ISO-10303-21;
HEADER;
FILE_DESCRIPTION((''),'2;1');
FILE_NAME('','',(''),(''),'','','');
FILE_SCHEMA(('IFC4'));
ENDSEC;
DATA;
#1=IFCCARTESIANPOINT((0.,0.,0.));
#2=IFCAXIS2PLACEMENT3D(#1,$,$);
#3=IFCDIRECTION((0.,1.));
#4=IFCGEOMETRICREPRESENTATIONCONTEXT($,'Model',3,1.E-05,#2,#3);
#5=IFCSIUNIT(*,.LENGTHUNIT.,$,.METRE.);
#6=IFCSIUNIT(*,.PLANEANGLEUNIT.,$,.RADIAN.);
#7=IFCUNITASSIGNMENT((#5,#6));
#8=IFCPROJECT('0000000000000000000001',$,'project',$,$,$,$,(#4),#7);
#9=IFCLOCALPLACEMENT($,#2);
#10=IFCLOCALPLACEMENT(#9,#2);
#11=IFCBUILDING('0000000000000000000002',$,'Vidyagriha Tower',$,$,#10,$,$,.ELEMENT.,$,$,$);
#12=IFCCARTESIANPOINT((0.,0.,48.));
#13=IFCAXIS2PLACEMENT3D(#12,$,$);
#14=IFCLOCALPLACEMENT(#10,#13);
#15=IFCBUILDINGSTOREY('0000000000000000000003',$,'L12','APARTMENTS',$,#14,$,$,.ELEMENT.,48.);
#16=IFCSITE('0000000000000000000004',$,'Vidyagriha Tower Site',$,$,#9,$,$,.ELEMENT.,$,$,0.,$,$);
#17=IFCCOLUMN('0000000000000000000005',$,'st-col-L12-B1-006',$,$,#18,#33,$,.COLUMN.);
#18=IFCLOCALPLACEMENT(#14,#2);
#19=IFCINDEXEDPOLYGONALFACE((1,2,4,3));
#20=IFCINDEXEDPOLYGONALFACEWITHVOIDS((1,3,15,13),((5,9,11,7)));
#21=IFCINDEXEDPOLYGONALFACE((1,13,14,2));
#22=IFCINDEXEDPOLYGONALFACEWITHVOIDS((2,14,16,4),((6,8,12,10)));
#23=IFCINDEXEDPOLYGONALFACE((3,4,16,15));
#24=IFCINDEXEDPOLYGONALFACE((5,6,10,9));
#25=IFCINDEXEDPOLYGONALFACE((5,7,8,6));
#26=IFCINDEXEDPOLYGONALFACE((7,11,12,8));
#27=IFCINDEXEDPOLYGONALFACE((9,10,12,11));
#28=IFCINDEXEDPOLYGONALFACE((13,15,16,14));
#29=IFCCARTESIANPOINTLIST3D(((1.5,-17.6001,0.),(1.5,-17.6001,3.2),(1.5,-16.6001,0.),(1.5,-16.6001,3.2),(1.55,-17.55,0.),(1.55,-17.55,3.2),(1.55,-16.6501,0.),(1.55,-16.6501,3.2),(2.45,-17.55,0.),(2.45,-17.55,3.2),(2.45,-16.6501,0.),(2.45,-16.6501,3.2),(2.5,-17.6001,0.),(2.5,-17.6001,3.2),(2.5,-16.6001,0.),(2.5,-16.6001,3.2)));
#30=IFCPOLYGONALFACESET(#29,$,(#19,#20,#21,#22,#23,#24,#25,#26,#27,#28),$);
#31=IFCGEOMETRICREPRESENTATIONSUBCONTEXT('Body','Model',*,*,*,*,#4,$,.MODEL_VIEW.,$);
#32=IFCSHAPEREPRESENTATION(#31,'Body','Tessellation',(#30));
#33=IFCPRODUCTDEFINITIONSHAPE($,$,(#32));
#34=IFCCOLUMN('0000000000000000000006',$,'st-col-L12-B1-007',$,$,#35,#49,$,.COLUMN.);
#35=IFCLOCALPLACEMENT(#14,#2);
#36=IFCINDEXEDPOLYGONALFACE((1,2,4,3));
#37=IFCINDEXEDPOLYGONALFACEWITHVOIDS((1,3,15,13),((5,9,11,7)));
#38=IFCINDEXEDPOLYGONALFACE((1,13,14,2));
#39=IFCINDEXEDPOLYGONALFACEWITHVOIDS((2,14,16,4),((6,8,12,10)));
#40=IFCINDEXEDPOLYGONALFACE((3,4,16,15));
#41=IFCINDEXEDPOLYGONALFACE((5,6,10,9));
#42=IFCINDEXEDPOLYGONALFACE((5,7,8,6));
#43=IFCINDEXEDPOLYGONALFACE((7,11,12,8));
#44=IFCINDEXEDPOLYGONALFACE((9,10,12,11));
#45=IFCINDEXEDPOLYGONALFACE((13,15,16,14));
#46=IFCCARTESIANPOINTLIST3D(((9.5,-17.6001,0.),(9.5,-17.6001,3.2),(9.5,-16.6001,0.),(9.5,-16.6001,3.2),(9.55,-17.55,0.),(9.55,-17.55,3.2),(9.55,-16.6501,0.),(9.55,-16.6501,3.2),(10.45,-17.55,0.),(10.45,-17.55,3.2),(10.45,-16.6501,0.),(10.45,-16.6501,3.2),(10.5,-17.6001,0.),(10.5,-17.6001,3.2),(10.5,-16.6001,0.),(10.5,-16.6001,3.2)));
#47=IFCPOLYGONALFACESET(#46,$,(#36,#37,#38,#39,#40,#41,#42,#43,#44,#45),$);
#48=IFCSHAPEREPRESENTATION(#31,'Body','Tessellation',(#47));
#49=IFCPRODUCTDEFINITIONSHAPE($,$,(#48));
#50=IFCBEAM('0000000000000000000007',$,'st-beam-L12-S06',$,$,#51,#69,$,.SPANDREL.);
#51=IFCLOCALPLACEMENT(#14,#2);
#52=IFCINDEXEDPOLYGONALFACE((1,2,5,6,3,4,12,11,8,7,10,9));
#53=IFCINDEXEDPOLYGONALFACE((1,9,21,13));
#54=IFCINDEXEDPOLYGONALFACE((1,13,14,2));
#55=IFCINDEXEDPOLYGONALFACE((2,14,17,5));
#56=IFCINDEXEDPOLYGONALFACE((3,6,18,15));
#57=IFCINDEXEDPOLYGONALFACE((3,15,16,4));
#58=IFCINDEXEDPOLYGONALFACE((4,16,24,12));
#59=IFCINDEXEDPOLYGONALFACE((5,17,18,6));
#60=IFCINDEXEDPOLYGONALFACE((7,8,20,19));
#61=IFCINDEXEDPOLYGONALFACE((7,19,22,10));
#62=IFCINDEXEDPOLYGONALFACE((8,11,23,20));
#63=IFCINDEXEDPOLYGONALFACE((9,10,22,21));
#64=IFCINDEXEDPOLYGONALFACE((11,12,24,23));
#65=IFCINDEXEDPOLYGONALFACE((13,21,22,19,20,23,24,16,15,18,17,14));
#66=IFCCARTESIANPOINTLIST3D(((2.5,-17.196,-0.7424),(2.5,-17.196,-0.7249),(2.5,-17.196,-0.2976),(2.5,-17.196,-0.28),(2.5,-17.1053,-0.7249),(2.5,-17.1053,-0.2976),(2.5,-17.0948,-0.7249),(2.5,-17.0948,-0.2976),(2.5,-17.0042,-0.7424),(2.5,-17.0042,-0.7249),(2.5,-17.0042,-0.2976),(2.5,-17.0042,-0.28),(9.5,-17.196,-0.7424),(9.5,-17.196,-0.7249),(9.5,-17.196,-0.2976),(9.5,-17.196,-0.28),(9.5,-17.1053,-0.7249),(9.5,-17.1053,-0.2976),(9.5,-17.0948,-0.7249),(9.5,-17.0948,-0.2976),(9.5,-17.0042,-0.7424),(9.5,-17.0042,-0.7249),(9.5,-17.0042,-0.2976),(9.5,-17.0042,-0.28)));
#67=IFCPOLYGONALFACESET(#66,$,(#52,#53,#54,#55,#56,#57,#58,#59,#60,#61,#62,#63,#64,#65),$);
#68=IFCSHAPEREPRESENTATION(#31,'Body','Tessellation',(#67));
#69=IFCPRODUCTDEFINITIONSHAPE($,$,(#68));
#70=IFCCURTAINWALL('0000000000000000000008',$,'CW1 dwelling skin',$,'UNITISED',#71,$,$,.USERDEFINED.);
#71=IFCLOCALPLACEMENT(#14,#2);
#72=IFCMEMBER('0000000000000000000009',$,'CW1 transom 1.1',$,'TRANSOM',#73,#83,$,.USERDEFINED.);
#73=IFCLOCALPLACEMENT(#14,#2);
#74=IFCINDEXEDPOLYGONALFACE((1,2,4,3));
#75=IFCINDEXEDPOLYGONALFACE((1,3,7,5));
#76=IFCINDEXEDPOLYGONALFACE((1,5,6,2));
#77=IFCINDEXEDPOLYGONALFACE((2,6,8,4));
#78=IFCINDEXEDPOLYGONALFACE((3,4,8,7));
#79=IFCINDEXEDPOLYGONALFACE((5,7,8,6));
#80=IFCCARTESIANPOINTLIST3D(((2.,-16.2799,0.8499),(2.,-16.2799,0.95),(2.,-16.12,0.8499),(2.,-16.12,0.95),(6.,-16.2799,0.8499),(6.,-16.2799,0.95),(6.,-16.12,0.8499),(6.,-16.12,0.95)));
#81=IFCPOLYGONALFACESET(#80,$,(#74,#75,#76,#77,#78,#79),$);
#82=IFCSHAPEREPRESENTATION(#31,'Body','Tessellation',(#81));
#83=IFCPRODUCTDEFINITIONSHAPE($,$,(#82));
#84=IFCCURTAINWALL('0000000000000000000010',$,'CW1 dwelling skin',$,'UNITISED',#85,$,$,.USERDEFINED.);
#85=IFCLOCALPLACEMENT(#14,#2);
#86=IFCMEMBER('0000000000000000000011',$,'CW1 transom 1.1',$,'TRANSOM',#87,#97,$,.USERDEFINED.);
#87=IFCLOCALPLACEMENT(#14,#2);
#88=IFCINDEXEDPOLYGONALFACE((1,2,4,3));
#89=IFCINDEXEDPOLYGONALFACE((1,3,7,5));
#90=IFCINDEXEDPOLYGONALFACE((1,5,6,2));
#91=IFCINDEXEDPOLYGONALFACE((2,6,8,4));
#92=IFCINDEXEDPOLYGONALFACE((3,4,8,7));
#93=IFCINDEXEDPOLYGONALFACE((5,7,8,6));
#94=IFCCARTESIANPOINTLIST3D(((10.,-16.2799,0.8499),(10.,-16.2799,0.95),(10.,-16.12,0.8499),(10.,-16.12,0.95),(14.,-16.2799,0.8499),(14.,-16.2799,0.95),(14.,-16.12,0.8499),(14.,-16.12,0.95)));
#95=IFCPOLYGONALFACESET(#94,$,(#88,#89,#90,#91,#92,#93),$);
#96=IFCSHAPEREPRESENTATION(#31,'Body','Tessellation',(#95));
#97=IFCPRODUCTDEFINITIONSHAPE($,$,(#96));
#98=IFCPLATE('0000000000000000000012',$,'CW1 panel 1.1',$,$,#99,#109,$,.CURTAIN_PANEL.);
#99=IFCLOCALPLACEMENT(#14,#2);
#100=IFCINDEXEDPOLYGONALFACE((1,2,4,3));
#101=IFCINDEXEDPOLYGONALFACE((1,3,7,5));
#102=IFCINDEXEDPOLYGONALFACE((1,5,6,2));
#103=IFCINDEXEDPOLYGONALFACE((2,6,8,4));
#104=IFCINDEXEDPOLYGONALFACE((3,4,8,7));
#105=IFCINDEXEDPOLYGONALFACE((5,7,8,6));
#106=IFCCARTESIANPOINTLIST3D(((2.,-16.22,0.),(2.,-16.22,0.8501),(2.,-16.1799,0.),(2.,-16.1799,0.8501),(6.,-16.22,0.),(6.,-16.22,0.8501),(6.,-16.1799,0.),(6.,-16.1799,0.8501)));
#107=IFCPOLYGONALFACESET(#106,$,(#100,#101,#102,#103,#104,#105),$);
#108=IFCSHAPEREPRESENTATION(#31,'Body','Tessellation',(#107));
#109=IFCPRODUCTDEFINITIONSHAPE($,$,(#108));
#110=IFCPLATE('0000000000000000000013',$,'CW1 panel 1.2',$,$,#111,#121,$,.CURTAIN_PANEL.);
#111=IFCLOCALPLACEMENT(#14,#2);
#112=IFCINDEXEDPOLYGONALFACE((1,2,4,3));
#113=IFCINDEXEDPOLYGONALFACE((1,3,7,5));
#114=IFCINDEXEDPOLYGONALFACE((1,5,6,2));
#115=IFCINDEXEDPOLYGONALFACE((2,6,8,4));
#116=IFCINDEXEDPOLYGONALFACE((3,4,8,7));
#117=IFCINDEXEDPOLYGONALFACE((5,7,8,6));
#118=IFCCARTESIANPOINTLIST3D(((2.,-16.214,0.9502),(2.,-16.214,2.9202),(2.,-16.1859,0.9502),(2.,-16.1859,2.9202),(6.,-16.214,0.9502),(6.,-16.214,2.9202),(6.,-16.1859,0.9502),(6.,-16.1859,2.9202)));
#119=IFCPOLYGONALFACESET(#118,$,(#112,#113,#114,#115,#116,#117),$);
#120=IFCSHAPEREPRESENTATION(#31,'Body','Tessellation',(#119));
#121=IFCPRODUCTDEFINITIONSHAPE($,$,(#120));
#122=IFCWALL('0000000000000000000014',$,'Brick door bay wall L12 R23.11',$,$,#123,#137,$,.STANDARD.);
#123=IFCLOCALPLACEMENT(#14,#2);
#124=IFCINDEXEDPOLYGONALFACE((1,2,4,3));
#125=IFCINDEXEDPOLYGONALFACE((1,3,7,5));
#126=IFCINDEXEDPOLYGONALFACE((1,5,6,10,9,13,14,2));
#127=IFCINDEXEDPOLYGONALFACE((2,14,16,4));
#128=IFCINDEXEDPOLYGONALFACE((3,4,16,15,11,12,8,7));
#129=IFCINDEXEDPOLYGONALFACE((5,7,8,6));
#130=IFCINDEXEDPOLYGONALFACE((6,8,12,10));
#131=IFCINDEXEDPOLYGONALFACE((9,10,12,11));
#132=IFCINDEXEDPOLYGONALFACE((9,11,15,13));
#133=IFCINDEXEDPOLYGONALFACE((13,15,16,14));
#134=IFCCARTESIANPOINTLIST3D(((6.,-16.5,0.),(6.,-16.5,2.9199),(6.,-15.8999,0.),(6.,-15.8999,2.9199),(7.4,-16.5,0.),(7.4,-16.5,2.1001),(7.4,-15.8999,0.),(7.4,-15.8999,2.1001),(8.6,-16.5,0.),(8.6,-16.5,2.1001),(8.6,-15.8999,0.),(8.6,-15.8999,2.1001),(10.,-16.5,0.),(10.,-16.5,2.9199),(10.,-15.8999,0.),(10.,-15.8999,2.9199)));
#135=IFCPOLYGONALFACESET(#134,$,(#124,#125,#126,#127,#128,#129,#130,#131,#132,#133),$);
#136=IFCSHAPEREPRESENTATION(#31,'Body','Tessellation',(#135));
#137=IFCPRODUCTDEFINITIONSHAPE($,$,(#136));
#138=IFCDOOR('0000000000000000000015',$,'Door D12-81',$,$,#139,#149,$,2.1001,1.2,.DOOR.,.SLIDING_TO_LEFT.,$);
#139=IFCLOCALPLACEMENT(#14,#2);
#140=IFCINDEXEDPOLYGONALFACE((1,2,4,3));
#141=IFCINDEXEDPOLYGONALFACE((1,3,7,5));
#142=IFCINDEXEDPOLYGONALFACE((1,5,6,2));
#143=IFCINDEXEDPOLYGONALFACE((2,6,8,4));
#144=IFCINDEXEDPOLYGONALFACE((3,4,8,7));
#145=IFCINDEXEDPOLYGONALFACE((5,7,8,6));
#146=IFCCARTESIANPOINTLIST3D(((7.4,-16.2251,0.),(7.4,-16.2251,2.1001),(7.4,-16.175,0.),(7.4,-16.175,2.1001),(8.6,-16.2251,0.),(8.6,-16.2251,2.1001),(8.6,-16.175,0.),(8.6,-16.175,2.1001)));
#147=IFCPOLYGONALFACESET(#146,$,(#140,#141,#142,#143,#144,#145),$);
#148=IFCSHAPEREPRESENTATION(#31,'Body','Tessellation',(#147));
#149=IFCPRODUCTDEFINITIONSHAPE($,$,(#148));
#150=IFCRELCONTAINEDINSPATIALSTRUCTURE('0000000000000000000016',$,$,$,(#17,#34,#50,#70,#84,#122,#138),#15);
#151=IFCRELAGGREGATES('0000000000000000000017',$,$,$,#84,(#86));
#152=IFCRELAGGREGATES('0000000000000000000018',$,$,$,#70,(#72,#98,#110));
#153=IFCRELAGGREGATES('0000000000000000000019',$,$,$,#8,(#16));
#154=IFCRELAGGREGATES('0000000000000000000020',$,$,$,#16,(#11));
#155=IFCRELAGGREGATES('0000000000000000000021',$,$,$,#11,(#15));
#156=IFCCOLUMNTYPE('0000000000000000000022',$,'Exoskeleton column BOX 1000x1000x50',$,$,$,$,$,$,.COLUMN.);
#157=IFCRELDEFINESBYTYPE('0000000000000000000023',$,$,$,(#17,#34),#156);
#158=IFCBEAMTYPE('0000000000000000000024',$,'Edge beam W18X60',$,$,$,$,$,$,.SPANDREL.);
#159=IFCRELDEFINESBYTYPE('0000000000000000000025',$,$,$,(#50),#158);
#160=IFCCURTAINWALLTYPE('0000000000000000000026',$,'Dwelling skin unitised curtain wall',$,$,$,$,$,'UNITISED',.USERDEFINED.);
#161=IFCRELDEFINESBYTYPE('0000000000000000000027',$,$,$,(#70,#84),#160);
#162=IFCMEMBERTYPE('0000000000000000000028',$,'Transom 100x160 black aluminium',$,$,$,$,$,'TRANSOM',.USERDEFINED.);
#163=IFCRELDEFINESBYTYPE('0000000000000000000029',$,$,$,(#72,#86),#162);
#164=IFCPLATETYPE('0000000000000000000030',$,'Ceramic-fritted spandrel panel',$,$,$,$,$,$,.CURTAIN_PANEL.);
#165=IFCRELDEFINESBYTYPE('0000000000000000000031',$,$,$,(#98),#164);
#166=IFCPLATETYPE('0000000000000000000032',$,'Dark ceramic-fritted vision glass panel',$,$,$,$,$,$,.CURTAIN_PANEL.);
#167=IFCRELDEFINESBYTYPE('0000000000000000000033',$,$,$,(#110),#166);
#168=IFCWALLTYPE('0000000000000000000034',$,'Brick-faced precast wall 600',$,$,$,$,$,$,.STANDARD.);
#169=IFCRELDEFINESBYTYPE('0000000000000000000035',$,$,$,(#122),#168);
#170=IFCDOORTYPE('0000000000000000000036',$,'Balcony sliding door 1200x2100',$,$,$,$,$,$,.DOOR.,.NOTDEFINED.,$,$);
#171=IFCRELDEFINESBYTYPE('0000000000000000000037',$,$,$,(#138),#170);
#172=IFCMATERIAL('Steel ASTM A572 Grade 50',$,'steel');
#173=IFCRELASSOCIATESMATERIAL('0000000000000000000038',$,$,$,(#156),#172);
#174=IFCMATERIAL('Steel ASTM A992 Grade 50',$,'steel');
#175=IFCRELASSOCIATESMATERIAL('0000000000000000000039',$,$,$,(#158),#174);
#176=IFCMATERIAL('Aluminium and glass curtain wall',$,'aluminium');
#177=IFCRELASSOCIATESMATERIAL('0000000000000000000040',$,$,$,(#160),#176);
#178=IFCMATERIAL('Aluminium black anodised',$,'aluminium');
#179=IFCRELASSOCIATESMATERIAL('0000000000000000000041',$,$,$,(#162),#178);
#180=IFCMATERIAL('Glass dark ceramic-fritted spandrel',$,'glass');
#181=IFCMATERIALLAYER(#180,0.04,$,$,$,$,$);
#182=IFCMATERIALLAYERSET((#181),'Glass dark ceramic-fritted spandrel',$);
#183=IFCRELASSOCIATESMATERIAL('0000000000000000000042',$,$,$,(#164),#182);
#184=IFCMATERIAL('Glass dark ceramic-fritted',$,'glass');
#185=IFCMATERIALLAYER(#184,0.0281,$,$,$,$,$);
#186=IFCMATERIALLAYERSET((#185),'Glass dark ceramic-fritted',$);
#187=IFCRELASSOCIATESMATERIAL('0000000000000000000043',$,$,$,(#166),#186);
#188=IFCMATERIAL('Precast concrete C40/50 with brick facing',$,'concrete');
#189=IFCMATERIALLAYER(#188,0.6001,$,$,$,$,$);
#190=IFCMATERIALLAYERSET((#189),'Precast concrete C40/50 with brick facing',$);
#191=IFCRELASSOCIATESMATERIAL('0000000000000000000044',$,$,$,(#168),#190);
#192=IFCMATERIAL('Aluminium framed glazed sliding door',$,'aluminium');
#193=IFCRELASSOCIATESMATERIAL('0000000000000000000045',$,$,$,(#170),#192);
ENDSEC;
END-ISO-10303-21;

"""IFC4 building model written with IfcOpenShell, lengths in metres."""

from ifc_helpers import new_model, si_unit, direction, frame, frame_2d, origin, origin_2d, place, context, subcontext, project, spatial, rectangle, hollow_rectangle, i_section, extrude, material, layer, layer_set, material_profile, profile_set, type_object, element, fill, aggregate, save


model = new_model("IFC4")

# Units and contexts
model_context = context("Model", 3, precision=1e-05, world=origin(), true_north=direction((0.0, 1.0)))
body_context = subcontext(model_context, "Body", "Model", "MODEL_VIEW")
ifc_project = project(units=[si_unit("LENGTHUNIT", "METRE"), si_unit("PLANEANGLEUNIT", "RADIAN")], contexts=[model_context])

# Site, building, storey
site_placement = place(None, origin())
site = spatial("IfcSite", under=ifc_project, at=site_placement, Name="Vidyagriha Tower Site", CompositionType="ELEMENT", RefElevation=0.0)
building_placement = place(site_placement, origin())
building = spatial("IfcBuilding", under=site, at=building_placement, Name="Vidyagriha Tower", CompositionType="ELEMENT")
storey_placement = place(building_placement, frame((0.0, 0.0, 48.0)))
storey = spatial("IfcBuildingStorey", under=building, at=storey_placement, Name="L12", Description="APARTMENTS", CompositionType="ELEMENT", Elevation=48.0)

# Columns
ifc_material_1 = material(Name="Steel ASTM A572 Grade 50", Category="steel")
ifc_material_profile_1 = material_profile(ifc_material_1, hollow_rectangle(XDim=1.0, YDim=1.0, WallThickness=0.05, at=origin_2d()), Name="BOX 1000x1000x50")
ifc_profile_set_1 = profile_set([ifc_material_profile_1], Name="Steel ASTM A572 Grade 50")
column_type = type_object("IfcColumnType", Name="Exoskeleton column BOX 1000x1000x50", PredefinedType="COLUMN", material=ifc_profile_set_1)
for number, where, name in (
    (1, (2.0, -17.1001, 0.0), "st-col-L12-B1-006"),
    (2, (10.0, -17.1001, 0.0), "st-col-L12-B1-007"),
):
    element("IfcColumn", number, at=place(storey_placement, frame(where)), inside=storey, type_object=column_type, Name=name, PredefinedType="COLUMN", context=body_context, shape_type="SweptSolid", body=[
        extrude(hollow_rectangle(XDim=1.0, YDim=1.0, WallThickness=0.05, at=origin_2d()), origin(), (0.0, 0.0, 1.0), 3.2),
    ])

# Beam
ifc_material_2 = material(Name="Steel ASTM A992 Grade 50", Category="steel")
ifc_material_profile_2 = material_profile(ifc_material_2, i_section(OverallWidth=0.1919, OverallDepth=0.4624, WebThickness=0.0105, FlangeThickness=0.0176, at=origin_2d()), Name="W18X60")
ifc_profile_set_2 = profile_set([ifc_material_profile_2], Name="Steel ASTM A992 Grade 50")
beam_type = type_object("IfcBeamType", Name="Edge beam W18X60", PredefinedType="SPANDREL", material=ifc_profile_set_2)
beam_placement = place(storey_placement, frame((2.5, -17.1001, -0.5112), z_axis=(1.0, 0.0, 0.0), x_axis=(0.0, 1.0, 0.0)))
element("IfcBeam", 3, at=beam_placement, inside=storey, type_object=beam_type, Name="st-beam-L12-S06", PredefinedType="SPANDREL", context=body_context, shape_type="SweptSolid", body=[
    extrude(i_section(OverallWidth=0.1919, OverallDepth=0.4624, WebThickness=0.0105, FlangeThickness=0.0176, at=origin_2d()), origin(), (0.0, 0.0, 1.0), 7.0),
])

# Curtain walls, members
ifc_material_3 = material(Name="Aluminium and glass curtain wall", Category="aluminium")
curtain_wall_type = type_object("IfcCurtainWallType", Name="Dwelling skin unitised curtain wall", ElementType="UNITISED", PredefinedType="USERDEFINED", material=ifc_material_3)
curtain_wall_1_placement = place(storey_placement, origin())
curtain_wall_1 = element("IfcCurtainWall", 4, at=curtain_wall_1_placement, inside=storey, type_object=curtain_wall_type, Name="CW1 dwelling skin", ObjectType="UNITISED", PredefinedType="USERDEFINED")
ifc_material_4 = material(Name="Aluminium black anodised", Category="aluminium")
ifc_material_profile_3 = material_profile(ifc_material_4, rectangle(XDim=0.1599, YDim=0.1001, at=origin_2d()), Name="Transom 100x160 black aluminium")
ifc_profile_set_3 = profile_set([ifc_material_profile_3], Name="Aluminium black anodised")
member_type = type_object("IfcMemberType", Name="Transom 100x160 black aluminium", ElementType="TRANSOM", PredefinedType="USERDEFINED", material=ifc_profile_set_3)
member_1_placement = place(storey_placement, frame((2.0, -16.2, 0.8999), z_axis=(1.0, 0.0, 0.0), x_axis=(0.0, 1.0, 0.0)))
member_1 = element("IfcMember", 5, at=member_1_placement, type_object=member_type, Name="CW1 transom 1.1", ObjectType="TRANSOM", PredefinedType="USERDEFINED", context=body_context, shape_type="SweptSolid", body=[
    extrude(rectangle(XDim=0.1599, YDim=0.1001, at=origin_2d()), origin(), (0.0, 0.0, 1.0), 4.0),
])
curtain_wall_2_placement = place(storey_placement, origin())
curtain_wall_2 = element("IfcCurtainWall", 6, at=curtain_wall_2_placement, inside=storey, type_object=curtain_wall_type, Name="CW1 dwelling skin", ObjectType="UNITISED", PredefinedType="USERDEFINED")
member_2_placement = place(storey_placement, frame((10.0, -16.2, 0.8999), z_axis=(1.0, 0.0, 0.0), x_axis=(0.0, 1.0, 0.0)))
member_2 = element("IfcMember", 7, at=member_2_placement, type_object=member_type, Name="CW1 transom 1.1", ObjectType="TRANSOM", PredefinedType="USERDEFINED", context=body_context, shape_type="SweptSolid", body=[
    extrude(rectangle(XDim=0.1599, YDim=0.1001, at=origin_2d()), origin(), (0.0, 0.0, 1.0), 4.0),
])
aggregate(curtain_wall_2, [member_2])

# Plates
ifc_material_5 = material(Name="Glass dark ceramic-fritted spandrel", Category="glass")
ifc_layer_1 = layer(ifc_material_5, 0.04)
ifc_layer_set_1 = layer_set([ifc_layer_1], Name="Glass dark ceramic-fritted spandrel")
plate_type_1 = type_object("IfcPlateType", Name="Ceramic-fritted spandrel panel", PredefinedType="CURTAIN_PANEL", material=ifc_layer_set_1)
plate_1_placement = place(storey_placement, frame((4.0, -16.2, 0.0)))
plate_1 = element("IfcPlate", 8, at=plate_1_placement, type_object=plate_type_1, Name="CW1 panel 1.1", PredefinedType="CURTAIN_PANEL", context=body_context, shape_type="SweptSolid", body=[
    extrude(rectangle(XDim=4.0, YDim=0.04, at=origin_2d()), origin(), (0.0, 0.0, 1.0), 0.8501),
])
ifc_material_6 = material(Name="Glass dark ceramic-fritted", Category="glass")
ifc_layer_2 = layer(ifc_material_6, 0.0281)
ifc_layer_set_2 = layer_set([ifc_layer_2], Name="Glass dark ceramic-fritted")
plate_type_2 = type_object("IfcPlateType", Name="Dark ceramic-fritted vision glass panel", PredefinedType="CURTAIN_PANEL", material=ifc_layer_set_2)
plate_2_placement = place(storey_placement, frame((4.0, -16.2, 0.9502)))
plate_2 = element("IfcPlate", 9, at=plate_2_placement, type_object=plate_type_2, Name="CW1 panel 1.2", PredefinedType="CURTAIN_PANEL", context=body_context, shape_type="SweptSolid", body=[
    extrude(rectangle(XDim=4.0, YDim=0.0281, at=origin_2d()), origin(), (0.0, 0.0, 1.0), 1.97),
])
aggregate(curtain_wall_1, [member_1, plate_1, plate_2])

# Wall, opening, door
ifc_material_7 = material(Name="Precast concrete C40/50 with brick facing", Category="concrete")
ifc_layer_3 = layer(ifc_material_7, 0.6001)
ifc_layer_set_3 = layer_set([ifc_layer_3], Name="Precast concrete C40/50 with brick facing")
wall_type = type_object("IfcWallType", Name="Brick-faced precast wall 600", PredefinedType="STANDARD", material=ifc_layer_set_3)
wall_placement = place(storey_placement, frame((6.0, -16.2, 0.0)))
wall = element("IfcWall", 10, at=wall_placement, inside=storey, type_object=wall_type, Name="Brick door bay wall L12 R23.11", PredefinedType="STANDARD", context=body_context, shape_type="SweptSolid", body=[
    extrude(rectangle(XDim=4.0, YDim=0.6001, at=frame_2d((2.0, 0.0))), origin(), (0.0, 0.0, 1.0), 2.9199),
])
opening_placement = place(wall_placement, frame((1.3999, 0.0, 0.0)))
opening = element("IfcOpeningElement", 11, at=opening_placement, cuts=wall, PredefinedType="OPENING", context=body_context, shape_type="SweptSolid", body=[
    extrude(rectangle(XDim=1.2, YDim=2.1001, at=frame_2d((0.6001, 1.05))), frame((0.0, 0.3101, 0.0), z_axis=(0.0, -1.0, 0.0), x_axis=(1.0, 0.0, 0.0)), (0.0, 0.0, 1.0), 0.6201),
])
ifc_material_8 = material(Name="Aluminium framed glazed sliding door", Category="aluminium")
door_type = type_object("IfcDoorType", Name="Balcony sliding door 1200x2100", OperationType="NOTDEFINED", PredefinedType="DOOR", material=ifc_material_8)
door_placement = place(opening_placement, origin())
door = element("IfcDoor", 12, at=door_placement, inside=storey, type_object=door_type, Name="Door D12-81", OperationType="SLIDING_TO_LEFT", OverallHeight=2.1001, OverallWidth=1.2, PredefinedType="DOOR", context=body_context, shape_type="SweptSolid", body=[
    extrude(rectangle(XDim=1.2, YDim=2.1001, at=frame_2d((0.6001, 1.05))), frame((0.0, 0.0249, 0.0), z_axis=(0.0, -1.0, 0.0), x_axis=(1.0, 0.0, 0.0)), (0.0, 0.0, 1.0), 0.05),
])
fill(opening, door)

save(model, "model.ifc")
